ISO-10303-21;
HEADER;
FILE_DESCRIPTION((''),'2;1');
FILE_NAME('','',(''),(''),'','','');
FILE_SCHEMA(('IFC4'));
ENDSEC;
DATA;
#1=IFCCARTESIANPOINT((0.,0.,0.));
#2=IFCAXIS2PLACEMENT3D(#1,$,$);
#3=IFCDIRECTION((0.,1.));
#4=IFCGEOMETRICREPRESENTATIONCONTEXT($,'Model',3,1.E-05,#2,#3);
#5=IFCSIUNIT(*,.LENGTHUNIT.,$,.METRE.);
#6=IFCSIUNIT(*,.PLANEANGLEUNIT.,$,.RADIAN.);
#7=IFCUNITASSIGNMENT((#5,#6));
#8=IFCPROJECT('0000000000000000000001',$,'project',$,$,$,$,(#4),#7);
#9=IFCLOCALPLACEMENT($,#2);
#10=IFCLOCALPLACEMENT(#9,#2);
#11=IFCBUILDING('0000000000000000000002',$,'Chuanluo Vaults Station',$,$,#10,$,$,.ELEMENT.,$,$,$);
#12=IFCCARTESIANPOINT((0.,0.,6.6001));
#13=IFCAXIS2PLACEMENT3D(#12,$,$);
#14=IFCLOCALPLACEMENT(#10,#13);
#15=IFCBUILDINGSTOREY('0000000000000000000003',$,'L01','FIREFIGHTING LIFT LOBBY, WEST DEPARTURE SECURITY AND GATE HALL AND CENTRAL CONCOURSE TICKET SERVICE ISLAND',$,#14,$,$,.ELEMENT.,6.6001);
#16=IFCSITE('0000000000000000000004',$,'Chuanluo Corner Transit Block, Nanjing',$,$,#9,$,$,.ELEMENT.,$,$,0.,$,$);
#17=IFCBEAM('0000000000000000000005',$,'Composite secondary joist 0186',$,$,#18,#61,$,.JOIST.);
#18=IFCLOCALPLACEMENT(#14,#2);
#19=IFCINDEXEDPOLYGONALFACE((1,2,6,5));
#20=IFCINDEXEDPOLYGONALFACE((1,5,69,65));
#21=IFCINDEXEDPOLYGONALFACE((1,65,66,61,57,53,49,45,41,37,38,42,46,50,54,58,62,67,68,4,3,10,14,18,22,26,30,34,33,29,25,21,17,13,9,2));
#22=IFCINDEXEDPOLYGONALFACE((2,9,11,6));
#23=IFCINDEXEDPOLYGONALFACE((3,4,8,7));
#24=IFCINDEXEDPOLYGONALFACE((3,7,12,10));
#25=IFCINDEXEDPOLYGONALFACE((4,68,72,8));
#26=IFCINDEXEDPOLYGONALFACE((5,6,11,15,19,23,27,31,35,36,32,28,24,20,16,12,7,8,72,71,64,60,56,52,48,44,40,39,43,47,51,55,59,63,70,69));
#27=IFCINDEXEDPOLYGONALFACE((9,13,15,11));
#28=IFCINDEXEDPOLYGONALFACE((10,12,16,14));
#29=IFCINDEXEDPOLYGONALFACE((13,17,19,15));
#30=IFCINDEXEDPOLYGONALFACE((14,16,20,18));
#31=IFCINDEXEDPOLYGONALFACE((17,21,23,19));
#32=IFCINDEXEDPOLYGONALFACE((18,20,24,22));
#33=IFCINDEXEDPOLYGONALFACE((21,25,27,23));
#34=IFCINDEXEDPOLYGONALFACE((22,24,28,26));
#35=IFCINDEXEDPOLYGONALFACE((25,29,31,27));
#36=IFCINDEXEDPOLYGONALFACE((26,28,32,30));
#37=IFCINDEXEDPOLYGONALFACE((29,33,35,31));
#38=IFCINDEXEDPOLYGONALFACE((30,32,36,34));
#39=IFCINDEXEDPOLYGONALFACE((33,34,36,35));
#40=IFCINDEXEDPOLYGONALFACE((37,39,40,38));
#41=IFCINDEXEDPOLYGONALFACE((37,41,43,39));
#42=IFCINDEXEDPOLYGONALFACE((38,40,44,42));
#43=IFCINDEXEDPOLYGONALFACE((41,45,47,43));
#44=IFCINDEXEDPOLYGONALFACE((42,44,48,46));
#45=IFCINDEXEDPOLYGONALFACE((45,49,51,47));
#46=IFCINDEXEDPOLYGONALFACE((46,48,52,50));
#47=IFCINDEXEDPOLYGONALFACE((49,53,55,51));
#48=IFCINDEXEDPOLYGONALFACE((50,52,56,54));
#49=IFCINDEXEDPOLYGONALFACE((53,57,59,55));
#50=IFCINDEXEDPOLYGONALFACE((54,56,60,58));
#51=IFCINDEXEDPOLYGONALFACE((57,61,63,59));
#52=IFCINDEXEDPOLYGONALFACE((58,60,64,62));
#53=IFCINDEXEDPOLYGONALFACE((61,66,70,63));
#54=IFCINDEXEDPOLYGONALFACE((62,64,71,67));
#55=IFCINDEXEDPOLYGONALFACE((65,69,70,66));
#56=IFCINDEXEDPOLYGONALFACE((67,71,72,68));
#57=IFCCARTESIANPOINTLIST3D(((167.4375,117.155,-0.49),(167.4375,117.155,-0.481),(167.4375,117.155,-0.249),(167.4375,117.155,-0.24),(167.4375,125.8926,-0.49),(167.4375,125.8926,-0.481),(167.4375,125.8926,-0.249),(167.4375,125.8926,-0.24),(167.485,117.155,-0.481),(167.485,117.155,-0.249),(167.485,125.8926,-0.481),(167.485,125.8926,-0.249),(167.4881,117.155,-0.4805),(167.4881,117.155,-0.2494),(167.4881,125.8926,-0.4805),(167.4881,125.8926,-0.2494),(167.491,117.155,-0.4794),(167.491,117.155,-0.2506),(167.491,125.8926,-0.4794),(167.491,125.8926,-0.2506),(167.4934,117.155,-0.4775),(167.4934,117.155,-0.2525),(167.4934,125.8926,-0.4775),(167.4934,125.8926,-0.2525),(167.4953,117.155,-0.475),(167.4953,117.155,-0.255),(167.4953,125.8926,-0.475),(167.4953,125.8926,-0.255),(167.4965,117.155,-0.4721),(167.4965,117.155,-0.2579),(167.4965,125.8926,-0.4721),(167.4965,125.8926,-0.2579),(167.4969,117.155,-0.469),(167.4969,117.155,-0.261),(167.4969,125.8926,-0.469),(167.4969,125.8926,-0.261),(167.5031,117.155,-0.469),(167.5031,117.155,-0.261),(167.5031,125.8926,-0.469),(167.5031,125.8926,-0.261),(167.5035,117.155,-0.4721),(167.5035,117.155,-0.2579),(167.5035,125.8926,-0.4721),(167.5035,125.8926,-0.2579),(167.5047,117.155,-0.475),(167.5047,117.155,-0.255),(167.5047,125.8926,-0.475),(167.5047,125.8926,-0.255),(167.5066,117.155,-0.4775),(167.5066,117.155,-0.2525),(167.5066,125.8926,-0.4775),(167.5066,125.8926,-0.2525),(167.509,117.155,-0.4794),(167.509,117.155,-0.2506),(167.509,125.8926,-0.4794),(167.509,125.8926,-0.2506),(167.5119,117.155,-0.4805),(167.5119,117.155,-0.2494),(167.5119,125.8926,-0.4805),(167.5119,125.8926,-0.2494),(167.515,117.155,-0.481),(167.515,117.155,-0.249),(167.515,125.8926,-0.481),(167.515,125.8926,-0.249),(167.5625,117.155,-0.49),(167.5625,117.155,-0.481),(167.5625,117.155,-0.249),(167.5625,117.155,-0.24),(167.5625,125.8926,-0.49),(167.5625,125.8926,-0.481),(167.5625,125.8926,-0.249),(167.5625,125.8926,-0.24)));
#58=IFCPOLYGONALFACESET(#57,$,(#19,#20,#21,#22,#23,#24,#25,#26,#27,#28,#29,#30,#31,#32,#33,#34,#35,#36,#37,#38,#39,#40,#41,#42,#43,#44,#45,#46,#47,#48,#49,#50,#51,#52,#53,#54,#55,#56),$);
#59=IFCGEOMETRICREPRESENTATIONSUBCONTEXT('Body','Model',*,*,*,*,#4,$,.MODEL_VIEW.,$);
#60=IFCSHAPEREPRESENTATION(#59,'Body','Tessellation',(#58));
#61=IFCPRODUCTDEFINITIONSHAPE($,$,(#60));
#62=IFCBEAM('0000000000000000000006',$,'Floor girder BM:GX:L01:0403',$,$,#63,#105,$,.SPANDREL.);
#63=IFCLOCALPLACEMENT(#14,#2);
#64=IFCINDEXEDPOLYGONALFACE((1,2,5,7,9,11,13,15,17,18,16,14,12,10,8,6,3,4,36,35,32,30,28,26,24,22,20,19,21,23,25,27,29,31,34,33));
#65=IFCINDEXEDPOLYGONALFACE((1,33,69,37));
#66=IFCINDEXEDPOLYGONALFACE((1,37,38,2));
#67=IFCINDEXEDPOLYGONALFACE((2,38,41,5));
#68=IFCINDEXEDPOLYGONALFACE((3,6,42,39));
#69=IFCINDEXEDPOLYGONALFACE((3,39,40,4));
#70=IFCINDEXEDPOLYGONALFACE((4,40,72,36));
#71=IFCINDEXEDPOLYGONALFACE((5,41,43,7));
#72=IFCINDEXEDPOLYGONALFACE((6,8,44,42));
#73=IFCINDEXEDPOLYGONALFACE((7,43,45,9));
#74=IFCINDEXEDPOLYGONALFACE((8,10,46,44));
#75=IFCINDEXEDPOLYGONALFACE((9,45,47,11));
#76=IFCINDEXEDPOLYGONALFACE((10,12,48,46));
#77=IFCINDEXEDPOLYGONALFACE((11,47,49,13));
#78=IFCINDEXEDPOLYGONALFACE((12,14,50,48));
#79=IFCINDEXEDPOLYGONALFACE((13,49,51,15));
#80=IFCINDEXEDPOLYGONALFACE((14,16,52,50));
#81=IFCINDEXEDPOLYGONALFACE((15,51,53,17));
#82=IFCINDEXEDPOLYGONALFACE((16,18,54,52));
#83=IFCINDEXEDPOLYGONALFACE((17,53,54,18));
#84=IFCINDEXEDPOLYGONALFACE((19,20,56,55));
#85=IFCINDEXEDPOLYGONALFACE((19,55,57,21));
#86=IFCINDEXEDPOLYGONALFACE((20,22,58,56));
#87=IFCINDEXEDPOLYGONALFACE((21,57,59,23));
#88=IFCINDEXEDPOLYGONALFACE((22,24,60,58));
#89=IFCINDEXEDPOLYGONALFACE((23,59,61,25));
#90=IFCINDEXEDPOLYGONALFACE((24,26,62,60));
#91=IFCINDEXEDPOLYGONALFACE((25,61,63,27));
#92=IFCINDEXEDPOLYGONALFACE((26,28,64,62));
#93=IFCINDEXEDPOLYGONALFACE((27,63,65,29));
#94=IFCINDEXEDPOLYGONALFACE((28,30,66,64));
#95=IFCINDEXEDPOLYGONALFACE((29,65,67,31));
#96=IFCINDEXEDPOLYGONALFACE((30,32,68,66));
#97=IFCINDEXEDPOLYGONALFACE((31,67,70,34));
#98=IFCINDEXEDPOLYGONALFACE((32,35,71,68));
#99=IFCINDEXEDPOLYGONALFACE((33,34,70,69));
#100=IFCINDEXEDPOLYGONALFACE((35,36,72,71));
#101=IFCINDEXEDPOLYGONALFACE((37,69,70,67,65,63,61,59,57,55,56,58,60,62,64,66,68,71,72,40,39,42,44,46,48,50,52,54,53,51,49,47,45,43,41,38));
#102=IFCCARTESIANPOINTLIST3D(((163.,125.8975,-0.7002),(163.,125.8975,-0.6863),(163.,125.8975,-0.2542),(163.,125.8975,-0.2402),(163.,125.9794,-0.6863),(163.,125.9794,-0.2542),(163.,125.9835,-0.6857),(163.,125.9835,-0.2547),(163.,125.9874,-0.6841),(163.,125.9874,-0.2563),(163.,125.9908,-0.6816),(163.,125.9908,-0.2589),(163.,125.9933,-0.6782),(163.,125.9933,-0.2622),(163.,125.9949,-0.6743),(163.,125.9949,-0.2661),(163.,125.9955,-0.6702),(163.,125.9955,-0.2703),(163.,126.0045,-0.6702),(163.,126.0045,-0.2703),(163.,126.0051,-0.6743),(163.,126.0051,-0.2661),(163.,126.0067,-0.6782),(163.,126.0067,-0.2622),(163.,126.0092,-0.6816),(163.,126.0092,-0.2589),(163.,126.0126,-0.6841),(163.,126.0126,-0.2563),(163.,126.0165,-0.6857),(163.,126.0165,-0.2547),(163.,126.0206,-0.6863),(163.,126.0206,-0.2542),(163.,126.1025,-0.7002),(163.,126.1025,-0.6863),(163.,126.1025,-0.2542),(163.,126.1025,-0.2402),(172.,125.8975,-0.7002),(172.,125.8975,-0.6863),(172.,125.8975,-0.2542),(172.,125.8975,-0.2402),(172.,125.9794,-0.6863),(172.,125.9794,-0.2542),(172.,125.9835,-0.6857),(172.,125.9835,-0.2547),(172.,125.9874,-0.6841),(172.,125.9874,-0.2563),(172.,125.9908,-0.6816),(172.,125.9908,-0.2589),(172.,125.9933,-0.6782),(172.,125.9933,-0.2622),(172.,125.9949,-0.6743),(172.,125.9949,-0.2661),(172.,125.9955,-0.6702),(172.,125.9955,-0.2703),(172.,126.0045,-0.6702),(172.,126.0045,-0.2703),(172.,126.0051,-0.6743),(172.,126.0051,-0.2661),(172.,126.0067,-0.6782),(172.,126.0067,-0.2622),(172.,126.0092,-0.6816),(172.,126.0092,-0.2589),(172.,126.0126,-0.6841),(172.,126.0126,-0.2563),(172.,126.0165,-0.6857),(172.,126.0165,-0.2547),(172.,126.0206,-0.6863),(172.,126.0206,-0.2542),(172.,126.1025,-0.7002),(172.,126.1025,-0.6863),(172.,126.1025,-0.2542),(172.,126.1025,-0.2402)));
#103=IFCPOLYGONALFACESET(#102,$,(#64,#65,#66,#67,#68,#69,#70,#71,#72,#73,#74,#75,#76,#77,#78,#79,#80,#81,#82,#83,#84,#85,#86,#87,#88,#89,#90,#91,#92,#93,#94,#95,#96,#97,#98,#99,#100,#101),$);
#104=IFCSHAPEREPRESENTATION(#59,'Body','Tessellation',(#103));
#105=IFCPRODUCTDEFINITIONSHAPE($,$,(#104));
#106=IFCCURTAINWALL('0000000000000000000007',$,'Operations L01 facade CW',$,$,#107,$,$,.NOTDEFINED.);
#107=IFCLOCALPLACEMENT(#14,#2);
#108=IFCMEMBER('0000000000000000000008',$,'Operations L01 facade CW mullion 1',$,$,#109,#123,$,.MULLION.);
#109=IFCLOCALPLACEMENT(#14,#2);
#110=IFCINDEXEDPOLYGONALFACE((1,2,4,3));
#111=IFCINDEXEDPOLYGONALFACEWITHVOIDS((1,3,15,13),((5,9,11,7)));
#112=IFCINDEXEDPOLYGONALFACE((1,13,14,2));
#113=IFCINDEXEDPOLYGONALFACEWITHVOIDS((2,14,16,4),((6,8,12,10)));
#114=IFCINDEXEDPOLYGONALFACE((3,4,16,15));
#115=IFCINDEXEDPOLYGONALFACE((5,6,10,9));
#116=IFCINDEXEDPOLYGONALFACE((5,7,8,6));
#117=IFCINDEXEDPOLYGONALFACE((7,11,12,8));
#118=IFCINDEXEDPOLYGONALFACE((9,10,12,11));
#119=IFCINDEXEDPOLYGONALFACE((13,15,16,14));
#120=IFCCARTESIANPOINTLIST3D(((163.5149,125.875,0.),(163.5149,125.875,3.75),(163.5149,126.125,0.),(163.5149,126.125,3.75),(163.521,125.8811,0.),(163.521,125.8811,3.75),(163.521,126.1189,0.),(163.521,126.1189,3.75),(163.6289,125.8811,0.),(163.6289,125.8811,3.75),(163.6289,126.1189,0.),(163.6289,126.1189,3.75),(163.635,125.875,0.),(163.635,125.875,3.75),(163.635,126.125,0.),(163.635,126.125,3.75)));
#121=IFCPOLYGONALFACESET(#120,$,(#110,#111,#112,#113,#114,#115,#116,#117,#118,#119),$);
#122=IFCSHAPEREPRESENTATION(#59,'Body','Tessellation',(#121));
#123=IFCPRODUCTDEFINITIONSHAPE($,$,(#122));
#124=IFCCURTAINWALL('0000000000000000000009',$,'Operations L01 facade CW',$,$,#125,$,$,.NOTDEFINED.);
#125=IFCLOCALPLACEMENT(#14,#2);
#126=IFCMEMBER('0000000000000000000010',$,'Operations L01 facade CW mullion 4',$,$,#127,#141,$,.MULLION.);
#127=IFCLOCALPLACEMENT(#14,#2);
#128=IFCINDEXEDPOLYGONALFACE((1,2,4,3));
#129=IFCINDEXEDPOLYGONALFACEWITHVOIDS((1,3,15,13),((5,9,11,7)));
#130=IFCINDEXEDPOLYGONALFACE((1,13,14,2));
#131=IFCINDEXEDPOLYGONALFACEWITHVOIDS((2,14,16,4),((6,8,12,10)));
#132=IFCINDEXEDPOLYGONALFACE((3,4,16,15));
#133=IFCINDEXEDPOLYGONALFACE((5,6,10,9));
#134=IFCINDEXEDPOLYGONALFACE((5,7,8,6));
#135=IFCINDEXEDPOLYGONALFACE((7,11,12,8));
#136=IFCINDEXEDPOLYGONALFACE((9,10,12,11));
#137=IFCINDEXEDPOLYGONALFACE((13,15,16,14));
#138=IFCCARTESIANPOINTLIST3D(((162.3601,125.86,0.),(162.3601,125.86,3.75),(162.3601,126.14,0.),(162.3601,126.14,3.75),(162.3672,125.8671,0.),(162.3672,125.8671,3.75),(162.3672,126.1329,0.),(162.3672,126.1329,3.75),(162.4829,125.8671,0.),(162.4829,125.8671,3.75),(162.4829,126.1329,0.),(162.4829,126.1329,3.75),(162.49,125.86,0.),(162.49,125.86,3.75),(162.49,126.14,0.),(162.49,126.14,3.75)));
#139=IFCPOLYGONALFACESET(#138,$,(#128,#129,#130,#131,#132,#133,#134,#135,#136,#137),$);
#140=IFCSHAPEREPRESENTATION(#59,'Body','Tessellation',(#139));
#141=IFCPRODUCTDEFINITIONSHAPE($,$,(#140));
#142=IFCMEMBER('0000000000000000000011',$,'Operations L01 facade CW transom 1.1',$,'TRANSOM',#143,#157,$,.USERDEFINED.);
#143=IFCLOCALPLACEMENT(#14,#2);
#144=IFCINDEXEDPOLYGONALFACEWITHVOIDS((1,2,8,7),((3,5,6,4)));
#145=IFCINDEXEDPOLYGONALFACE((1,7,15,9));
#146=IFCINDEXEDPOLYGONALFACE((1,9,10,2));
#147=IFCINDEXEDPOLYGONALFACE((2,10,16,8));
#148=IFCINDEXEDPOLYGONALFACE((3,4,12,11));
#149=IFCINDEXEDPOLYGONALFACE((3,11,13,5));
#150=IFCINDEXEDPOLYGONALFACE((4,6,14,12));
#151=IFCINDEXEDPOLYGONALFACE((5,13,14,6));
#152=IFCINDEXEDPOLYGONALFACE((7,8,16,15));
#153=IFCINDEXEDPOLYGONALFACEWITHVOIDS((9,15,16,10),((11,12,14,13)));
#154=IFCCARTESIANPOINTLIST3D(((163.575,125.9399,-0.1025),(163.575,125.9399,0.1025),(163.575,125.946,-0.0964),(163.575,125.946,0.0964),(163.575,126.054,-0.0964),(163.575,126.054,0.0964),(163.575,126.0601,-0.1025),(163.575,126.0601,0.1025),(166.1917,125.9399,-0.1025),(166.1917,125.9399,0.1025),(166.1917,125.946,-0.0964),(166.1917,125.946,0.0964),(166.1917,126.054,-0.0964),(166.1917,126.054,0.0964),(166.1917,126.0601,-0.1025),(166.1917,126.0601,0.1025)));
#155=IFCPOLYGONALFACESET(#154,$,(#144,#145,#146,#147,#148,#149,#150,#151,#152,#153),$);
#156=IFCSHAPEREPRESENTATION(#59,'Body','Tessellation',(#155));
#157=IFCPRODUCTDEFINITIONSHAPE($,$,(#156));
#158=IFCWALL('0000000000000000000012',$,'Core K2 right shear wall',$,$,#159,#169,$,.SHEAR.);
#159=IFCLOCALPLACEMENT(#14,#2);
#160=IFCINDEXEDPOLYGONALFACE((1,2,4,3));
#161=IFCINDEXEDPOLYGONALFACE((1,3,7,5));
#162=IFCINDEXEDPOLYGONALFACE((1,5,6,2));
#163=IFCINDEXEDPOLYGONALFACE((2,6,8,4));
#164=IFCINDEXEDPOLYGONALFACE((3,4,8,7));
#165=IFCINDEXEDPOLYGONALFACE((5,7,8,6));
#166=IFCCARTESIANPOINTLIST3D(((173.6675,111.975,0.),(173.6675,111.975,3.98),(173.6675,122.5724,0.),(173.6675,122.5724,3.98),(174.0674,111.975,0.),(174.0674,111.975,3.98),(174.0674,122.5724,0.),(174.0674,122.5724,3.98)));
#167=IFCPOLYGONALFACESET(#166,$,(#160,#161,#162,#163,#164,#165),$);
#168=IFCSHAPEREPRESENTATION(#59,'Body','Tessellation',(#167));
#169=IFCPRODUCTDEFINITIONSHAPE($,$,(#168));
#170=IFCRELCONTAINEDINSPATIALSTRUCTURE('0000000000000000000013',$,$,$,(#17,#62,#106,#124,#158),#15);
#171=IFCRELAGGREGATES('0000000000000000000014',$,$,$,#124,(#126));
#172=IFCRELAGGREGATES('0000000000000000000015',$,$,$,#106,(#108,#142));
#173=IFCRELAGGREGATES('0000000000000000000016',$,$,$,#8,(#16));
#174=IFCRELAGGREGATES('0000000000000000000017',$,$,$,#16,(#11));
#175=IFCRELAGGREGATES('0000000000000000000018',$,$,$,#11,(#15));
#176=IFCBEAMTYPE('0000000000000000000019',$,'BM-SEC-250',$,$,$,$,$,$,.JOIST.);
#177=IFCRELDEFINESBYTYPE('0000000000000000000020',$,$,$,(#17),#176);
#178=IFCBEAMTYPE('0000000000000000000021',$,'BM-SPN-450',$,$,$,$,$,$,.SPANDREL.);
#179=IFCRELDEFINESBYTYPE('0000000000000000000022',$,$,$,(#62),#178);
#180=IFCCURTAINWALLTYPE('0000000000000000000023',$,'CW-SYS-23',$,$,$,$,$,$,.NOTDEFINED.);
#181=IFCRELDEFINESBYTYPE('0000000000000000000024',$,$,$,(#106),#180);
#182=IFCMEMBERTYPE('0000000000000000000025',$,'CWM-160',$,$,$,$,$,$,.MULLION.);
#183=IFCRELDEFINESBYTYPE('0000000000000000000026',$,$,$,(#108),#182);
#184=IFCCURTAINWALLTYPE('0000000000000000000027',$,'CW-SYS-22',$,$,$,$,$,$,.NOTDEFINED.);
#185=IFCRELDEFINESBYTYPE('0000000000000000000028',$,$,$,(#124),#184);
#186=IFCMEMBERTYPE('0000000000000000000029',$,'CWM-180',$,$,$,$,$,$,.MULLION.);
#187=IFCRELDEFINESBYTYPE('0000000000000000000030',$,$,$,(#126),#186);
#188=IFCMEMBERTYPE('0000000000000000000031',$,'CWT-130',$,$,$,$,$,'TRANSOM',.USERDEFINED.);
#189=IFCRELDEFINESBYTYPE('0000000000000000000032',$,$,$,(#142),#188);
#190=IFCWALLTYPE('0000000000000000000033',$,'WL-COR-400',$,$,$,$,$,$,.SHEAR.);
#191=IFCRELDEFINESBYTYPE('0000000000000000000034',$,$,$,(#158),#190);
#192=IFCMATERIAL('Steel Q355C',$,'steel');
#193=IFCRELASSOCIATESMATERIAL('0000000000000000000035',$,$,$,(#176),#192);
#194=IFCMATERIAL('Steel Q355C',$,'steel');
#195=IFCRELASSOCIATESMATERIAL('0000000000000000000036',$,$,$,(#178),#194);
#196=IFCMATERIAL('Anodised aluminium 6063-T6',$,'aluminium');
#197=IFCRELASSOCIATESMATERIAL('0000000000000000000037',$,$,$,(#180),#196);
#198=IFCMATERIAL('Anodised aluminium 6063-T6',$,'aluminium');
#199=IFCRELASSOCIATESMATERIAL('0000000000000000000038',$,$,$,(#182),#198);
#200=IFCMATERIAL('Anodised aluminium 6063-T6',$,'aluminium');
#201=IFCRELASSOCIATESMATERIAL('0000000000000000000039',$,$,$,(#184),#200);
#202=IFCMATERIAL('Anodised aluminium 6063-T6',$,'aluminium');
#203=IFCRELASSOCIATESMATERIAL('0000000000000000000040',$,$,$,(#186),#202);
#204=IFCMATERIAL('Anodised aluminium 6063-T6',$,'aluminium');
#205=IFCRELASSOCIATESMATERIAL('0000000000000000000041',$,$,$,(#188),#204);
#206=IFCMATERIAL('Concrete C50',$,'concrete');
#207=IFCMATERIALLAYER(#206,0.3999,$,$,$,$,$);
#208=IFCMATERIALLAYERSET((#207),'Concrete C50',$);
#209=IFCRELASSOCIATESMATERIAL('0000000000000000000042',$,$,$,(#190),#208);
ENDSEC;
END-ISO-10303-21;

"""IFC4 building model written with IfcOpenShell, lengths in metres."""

from ifc_helpers import new_model, si_unit, direction, frame, frame_2d, origin, origin_2d, place, context, subcontext, project, spatial, rectangle, hollow_rectangle, i_section, extrude, material, layer, layer_set, material_profile, profile_set, type_object, element, aggregate, save


model = new_model("IFC4")

# Units and contexts
model_context = context("Model", 3, precision=1e-05, world=origin(), true_north=direction((0.0, 1.0)))
body_context = subcontext(model_context, "Body", "Model", "MODEL_VIEW")
ifc_project = project(units=[si_unit("LENGTHUNIT", "METRE"), si_unit("PLANEANGLEUNIT", "RADIAN")], contexts=[model_context])

# Site, building, storey
site_placement = place(None, origin())
site = spatial("IfcSite", under=ifc_project, at=site_placement, Name="Chuanluo Corner Transit Block, Nanjing", CompositionType="ELEMENT", RefElevation=0.0)
building_placement = place(site_placement, origin())
building = spatial("IfcBuilding", under=site, at=building_placement, Name="Chuanluo Vaults Station", CompositionType="ELEMENT")
storey_placement = place(building_placement, frame((0.0, 0.0, 6.6001)))
storey = spatial("IfcBuildingStorey", under=building, at=storey_placement, Name="L01", Description="FIREFIGHTING LIFT LOBBY, WEST DEPARTURE SECURITY AND GATE HALL AND CENTRAL CONCOURSE TICKET SERVICE ISLAND", CompositionType="ELEMENT", Elevation=6.6001)

# Beams
ifc_material_1 = material(Name="Steel Q355C", Category="steel")
ifc_material_profile_1 = material_profile(ifc_material_1, i_section(OverallWidth=0.125, OverallDepth=0.25, WebThickness=0.0061, FlangeThickness=0.009, FilletRadius=0.012, at=origin_2d()))
ifc_profile_set_1 = profile_set([ifc_material_profile_1], Name="Steel Q355C")
beam_type_1 = type_object("IfcBeamType", Name="BM-SEC-250", PredefinedType="JOIST", material=ifc_profile_set_1)
beam_1_placement = place(storey_placement, frame((167.5, 117.155, -0.365), z_axis=(0.0, 1.0, 0.0), x_axis=(-1.0, 0.0, 0.0)))
element("IfcBeam", 1, at=beam_1_placement, inside=storey, type_object=beam_type_1, Name="Composite secondary joist 0186", PredefinedType="JOIST", context=body_context, shape_type="SweptSolid", body=[
    extrude(i_section(OverallWidth=0.125, OverallDepth=0.25, WebThickness=0.0061, FlangeThickness=0.009, FilletRadius=0.012, at=origin_2d()), origin(), (0.0, 0.0, 1.0), 8.7375),
])
ifc_material_2 = material(Name="Steel Q355C", Category="steel")
ifc_material_profile_2 = material_profile(ifc_material_2, i_section(OverallWidth=0.2051, OverallDepth=0.46, WebThickness=0.009, FlangeThickness=0.0139, FilletRadius=0.0161, at=origin_2d()))
ifc_profile_set_2 = profile_set([ifc_material_profile_2], Name="Steel Q355C")
beam_type_2 = type_object("IfcBeamType", Name="BM-SPN-450", PredefinedType="SPANDREL", material=ifc_profile_set_2)
beam_2_placement = place(storey_placement, frame((163.0, 126.0, -0.4702), z_axis=(1.0, 0.0, 0.0), x_axis=(0.0, 1.0, 0.0)))
element("IfcBeam", 2, at=beam_2_placement, inside=storey, type_object=beam_type_2, Name="Floor girder BM:GX:L01:0403", PredefinedType="SPANDREL", context=body_context, shape_type="SweptSolid", body=[
    extrude(i_section(OverallWidth=0.2051, OverallDepth=0.46, WebThickness=0.009, FlangeThickness=0.0139, FilletRadius=0.0161, at=origin_2d()), origin(), (0.0, 0.0, 1.0), 9.0),
])

# Curtain walls, members
ifc_material_3 = material(Name="Anodised aluminium 6063-T6", Category="aluminium")
curtain_wall_type_1 = type_object("IfcCurtainWallType", Name="CW-SYS-23", PredefinedType="NOTDEFINED", material=ifc_material_3)
curtain_wall_1_placement = place(storey_placement, origin())
curtain_wall_1 = element("IfcCurtainWall", 3, at=curtain_wall_1_placement, inside=storey, type_object=curtain_wall_type_1, Name="Operations L01 facade CW", PredefinedType="NOTDEFINED")
ifc_material_4 = material(Name="Anodised aluminium 6063-T6", Category="aluminium")
ifc_material_profile_3 = material_profile(ifc_material_4, hollow_rectangle(XDim=0.1201, YDim=0.25, WallThickness=0.0061, at=origin_2d()))
ifc_profile_set_3 = profile_set([ifc_material_profile_3], Name="Anodised aluminium 6063-T6")
member_type_1 = type_object("IfcMemberType", Name="CWM-160", PredefinedType="MULLION", material=ifc_profile_set_3)
member_1_placement = place(storey_placement, frame((163.575, 126.0, 0.0), z_axis=(0.0, 0.0, 1.0), x_axis=(1.0, 0.0, 0.0)))
member_1 = element("IfcMember", 4, at=member_1_placement, type_object=member_type_1, Name="Operations L01 facade CW mullion 1", PredefinedType="MULLION", context=body_context, shape_type="SweptSolid", body=[
    extrude(hollow_rectangle(XDim=0.1201, YDim=0.25, WallThickness=0.0061, at=origin_2d()), origin(), (0.0, 0.0, 1.0), 3.75),
])
ifc_material_5 = material(Name="Anodised aluminium 6063-T6", Category="aluminium")
curtain_wall_type_2 = type_object("IfcCurtainWallType", Name="CW-SYS-22", PredefinedType="NOTDEFINED", material=ifc_material_5)
curtain_wall_2_placement = place(storey_placement, origin())
curtain_wall_2 = element("IfcCurtainWall", 5, at=curtain_wall_2_placement, inside=storey, type_object=curtain_wall_type_2, Name="Operations L01 facade CW", PredefinedType="NOTDEFINED")
ifc_material_6 = material(Name="Anodised aluminium 6063-T6", Category="aluminium")
ifc_material_profile_4 = material_profile(ifc_material_6, hollow_rectangle(XDim=0.1299, YDim=0.28, WallThickness=0.0071, at=origin_2d()))
ifc_profile_set_4 = profile_set([ifc_material_profile_4], Name="Anodised aluminium 6063-T6")
member_type_2 = type_object("IfcMemberType", Name="CWM-180", PredefinedType="MULLION", material=ifc_profile_set_4)
member_2_placement = place(storey_placement, frame((162.425, 126.0, 0.0), z_axis=(0.0, 0.0, 1.0), x_axis=(1.0, 0.0, 0.0)))
member_2 = element("IfcMember", 6, at=member_2_placement, type_object=member_type_2, Name="Operations L01 facade CW mullion 4", PredefinedType="MULLION", context=body_context, shape_type="SweptSolid", body=[
    extrude(hollow_rectangle(XDim=0.1299, YDim=0.28, WallThickness=0.0071, at=origin_2d()), origin(), (0.0, 0.0, 1.0), 3.75),
])
aggregate(curtain_wall_2, [member_2])

# Member
ifc_material_7 = material(Name="Anodised aluminium 6063-T6", Category="aluminium")
ifc_material_profile_5 = material_profile(ifc_material_7, hollow_rectangle(XDim=0.1201, YDim=0.2051, WallThickness=0.0061, at=origin_2d()))
ifc_profile_set_5 = profile_set([ifc_material_profile_5], Name="Anodised aluminium 6063-T6")
member_type_3 = type_object("IfcMemberType", Name="CWT-130", ElementType="TRANSOM", PredefinedType="USERDEFINED", material=ifc_profile_set_5)
member_3_placement = place(storey_placement, frame((163.575, 126.0, 0.0), z_axis=(1.0, 0.0, 0.0), x_axis=(0.0, 1.0, 0.0)))
member_3 = element("IfcMember", 7, at=member_3_placement, type_object=member_type_3, Name="Operations L01 facade CW transom 1.1", ObjectType="TRANSOM", PredefinedType="USERDEFINED", context=body_context, shape_type="SweptSolid", body=[
    extrude(hollow_rectangle(XDim=0.1201, YDim=0.2051, WallThickness=0.0061, at=origin_2d()), origin(), (0.0, 0.0, 1.0), 2.6167),
])
aggregate(curtain_wall_1, [member_1, member_3])

# Wall
ifc_material_8 = material(Name="Concrete C50", Category="concrete")
ifc_layer_1 = layer(ifc_material_8, 0.3999)
ifc_layer_set_1 = layer_set([ifc_layer_1], Name="Concrete C50")
wall_type_1 = type_object("IfcWallType", Name="WL-COR-400", PredefinedType="SHEAR", material=ifc_layer_set_1)
wall_1_placement = place(storey_placement, frame((173.8674, 122.5725, 0.0), z_axis=(0.0, 0.0, 1.0), x_axis=(0.0, -1.0, 0.0)))
element("IfcWall", 8, at=wall_1_placement, inside=storey, type_object=wall_type_1, Name="Core K2 right shear wall", PredefinedType="SHEAR", context=body_context, shape_type="SweptSolid", body=[
    extrude(rectangle(XDim=10.5974, YDim=0.3999, at=frame_2d((5.2988, 0.0))), origin(), (0.0, 0.0, 1.0), 3.98),
])

save(model, "model.ifc")
